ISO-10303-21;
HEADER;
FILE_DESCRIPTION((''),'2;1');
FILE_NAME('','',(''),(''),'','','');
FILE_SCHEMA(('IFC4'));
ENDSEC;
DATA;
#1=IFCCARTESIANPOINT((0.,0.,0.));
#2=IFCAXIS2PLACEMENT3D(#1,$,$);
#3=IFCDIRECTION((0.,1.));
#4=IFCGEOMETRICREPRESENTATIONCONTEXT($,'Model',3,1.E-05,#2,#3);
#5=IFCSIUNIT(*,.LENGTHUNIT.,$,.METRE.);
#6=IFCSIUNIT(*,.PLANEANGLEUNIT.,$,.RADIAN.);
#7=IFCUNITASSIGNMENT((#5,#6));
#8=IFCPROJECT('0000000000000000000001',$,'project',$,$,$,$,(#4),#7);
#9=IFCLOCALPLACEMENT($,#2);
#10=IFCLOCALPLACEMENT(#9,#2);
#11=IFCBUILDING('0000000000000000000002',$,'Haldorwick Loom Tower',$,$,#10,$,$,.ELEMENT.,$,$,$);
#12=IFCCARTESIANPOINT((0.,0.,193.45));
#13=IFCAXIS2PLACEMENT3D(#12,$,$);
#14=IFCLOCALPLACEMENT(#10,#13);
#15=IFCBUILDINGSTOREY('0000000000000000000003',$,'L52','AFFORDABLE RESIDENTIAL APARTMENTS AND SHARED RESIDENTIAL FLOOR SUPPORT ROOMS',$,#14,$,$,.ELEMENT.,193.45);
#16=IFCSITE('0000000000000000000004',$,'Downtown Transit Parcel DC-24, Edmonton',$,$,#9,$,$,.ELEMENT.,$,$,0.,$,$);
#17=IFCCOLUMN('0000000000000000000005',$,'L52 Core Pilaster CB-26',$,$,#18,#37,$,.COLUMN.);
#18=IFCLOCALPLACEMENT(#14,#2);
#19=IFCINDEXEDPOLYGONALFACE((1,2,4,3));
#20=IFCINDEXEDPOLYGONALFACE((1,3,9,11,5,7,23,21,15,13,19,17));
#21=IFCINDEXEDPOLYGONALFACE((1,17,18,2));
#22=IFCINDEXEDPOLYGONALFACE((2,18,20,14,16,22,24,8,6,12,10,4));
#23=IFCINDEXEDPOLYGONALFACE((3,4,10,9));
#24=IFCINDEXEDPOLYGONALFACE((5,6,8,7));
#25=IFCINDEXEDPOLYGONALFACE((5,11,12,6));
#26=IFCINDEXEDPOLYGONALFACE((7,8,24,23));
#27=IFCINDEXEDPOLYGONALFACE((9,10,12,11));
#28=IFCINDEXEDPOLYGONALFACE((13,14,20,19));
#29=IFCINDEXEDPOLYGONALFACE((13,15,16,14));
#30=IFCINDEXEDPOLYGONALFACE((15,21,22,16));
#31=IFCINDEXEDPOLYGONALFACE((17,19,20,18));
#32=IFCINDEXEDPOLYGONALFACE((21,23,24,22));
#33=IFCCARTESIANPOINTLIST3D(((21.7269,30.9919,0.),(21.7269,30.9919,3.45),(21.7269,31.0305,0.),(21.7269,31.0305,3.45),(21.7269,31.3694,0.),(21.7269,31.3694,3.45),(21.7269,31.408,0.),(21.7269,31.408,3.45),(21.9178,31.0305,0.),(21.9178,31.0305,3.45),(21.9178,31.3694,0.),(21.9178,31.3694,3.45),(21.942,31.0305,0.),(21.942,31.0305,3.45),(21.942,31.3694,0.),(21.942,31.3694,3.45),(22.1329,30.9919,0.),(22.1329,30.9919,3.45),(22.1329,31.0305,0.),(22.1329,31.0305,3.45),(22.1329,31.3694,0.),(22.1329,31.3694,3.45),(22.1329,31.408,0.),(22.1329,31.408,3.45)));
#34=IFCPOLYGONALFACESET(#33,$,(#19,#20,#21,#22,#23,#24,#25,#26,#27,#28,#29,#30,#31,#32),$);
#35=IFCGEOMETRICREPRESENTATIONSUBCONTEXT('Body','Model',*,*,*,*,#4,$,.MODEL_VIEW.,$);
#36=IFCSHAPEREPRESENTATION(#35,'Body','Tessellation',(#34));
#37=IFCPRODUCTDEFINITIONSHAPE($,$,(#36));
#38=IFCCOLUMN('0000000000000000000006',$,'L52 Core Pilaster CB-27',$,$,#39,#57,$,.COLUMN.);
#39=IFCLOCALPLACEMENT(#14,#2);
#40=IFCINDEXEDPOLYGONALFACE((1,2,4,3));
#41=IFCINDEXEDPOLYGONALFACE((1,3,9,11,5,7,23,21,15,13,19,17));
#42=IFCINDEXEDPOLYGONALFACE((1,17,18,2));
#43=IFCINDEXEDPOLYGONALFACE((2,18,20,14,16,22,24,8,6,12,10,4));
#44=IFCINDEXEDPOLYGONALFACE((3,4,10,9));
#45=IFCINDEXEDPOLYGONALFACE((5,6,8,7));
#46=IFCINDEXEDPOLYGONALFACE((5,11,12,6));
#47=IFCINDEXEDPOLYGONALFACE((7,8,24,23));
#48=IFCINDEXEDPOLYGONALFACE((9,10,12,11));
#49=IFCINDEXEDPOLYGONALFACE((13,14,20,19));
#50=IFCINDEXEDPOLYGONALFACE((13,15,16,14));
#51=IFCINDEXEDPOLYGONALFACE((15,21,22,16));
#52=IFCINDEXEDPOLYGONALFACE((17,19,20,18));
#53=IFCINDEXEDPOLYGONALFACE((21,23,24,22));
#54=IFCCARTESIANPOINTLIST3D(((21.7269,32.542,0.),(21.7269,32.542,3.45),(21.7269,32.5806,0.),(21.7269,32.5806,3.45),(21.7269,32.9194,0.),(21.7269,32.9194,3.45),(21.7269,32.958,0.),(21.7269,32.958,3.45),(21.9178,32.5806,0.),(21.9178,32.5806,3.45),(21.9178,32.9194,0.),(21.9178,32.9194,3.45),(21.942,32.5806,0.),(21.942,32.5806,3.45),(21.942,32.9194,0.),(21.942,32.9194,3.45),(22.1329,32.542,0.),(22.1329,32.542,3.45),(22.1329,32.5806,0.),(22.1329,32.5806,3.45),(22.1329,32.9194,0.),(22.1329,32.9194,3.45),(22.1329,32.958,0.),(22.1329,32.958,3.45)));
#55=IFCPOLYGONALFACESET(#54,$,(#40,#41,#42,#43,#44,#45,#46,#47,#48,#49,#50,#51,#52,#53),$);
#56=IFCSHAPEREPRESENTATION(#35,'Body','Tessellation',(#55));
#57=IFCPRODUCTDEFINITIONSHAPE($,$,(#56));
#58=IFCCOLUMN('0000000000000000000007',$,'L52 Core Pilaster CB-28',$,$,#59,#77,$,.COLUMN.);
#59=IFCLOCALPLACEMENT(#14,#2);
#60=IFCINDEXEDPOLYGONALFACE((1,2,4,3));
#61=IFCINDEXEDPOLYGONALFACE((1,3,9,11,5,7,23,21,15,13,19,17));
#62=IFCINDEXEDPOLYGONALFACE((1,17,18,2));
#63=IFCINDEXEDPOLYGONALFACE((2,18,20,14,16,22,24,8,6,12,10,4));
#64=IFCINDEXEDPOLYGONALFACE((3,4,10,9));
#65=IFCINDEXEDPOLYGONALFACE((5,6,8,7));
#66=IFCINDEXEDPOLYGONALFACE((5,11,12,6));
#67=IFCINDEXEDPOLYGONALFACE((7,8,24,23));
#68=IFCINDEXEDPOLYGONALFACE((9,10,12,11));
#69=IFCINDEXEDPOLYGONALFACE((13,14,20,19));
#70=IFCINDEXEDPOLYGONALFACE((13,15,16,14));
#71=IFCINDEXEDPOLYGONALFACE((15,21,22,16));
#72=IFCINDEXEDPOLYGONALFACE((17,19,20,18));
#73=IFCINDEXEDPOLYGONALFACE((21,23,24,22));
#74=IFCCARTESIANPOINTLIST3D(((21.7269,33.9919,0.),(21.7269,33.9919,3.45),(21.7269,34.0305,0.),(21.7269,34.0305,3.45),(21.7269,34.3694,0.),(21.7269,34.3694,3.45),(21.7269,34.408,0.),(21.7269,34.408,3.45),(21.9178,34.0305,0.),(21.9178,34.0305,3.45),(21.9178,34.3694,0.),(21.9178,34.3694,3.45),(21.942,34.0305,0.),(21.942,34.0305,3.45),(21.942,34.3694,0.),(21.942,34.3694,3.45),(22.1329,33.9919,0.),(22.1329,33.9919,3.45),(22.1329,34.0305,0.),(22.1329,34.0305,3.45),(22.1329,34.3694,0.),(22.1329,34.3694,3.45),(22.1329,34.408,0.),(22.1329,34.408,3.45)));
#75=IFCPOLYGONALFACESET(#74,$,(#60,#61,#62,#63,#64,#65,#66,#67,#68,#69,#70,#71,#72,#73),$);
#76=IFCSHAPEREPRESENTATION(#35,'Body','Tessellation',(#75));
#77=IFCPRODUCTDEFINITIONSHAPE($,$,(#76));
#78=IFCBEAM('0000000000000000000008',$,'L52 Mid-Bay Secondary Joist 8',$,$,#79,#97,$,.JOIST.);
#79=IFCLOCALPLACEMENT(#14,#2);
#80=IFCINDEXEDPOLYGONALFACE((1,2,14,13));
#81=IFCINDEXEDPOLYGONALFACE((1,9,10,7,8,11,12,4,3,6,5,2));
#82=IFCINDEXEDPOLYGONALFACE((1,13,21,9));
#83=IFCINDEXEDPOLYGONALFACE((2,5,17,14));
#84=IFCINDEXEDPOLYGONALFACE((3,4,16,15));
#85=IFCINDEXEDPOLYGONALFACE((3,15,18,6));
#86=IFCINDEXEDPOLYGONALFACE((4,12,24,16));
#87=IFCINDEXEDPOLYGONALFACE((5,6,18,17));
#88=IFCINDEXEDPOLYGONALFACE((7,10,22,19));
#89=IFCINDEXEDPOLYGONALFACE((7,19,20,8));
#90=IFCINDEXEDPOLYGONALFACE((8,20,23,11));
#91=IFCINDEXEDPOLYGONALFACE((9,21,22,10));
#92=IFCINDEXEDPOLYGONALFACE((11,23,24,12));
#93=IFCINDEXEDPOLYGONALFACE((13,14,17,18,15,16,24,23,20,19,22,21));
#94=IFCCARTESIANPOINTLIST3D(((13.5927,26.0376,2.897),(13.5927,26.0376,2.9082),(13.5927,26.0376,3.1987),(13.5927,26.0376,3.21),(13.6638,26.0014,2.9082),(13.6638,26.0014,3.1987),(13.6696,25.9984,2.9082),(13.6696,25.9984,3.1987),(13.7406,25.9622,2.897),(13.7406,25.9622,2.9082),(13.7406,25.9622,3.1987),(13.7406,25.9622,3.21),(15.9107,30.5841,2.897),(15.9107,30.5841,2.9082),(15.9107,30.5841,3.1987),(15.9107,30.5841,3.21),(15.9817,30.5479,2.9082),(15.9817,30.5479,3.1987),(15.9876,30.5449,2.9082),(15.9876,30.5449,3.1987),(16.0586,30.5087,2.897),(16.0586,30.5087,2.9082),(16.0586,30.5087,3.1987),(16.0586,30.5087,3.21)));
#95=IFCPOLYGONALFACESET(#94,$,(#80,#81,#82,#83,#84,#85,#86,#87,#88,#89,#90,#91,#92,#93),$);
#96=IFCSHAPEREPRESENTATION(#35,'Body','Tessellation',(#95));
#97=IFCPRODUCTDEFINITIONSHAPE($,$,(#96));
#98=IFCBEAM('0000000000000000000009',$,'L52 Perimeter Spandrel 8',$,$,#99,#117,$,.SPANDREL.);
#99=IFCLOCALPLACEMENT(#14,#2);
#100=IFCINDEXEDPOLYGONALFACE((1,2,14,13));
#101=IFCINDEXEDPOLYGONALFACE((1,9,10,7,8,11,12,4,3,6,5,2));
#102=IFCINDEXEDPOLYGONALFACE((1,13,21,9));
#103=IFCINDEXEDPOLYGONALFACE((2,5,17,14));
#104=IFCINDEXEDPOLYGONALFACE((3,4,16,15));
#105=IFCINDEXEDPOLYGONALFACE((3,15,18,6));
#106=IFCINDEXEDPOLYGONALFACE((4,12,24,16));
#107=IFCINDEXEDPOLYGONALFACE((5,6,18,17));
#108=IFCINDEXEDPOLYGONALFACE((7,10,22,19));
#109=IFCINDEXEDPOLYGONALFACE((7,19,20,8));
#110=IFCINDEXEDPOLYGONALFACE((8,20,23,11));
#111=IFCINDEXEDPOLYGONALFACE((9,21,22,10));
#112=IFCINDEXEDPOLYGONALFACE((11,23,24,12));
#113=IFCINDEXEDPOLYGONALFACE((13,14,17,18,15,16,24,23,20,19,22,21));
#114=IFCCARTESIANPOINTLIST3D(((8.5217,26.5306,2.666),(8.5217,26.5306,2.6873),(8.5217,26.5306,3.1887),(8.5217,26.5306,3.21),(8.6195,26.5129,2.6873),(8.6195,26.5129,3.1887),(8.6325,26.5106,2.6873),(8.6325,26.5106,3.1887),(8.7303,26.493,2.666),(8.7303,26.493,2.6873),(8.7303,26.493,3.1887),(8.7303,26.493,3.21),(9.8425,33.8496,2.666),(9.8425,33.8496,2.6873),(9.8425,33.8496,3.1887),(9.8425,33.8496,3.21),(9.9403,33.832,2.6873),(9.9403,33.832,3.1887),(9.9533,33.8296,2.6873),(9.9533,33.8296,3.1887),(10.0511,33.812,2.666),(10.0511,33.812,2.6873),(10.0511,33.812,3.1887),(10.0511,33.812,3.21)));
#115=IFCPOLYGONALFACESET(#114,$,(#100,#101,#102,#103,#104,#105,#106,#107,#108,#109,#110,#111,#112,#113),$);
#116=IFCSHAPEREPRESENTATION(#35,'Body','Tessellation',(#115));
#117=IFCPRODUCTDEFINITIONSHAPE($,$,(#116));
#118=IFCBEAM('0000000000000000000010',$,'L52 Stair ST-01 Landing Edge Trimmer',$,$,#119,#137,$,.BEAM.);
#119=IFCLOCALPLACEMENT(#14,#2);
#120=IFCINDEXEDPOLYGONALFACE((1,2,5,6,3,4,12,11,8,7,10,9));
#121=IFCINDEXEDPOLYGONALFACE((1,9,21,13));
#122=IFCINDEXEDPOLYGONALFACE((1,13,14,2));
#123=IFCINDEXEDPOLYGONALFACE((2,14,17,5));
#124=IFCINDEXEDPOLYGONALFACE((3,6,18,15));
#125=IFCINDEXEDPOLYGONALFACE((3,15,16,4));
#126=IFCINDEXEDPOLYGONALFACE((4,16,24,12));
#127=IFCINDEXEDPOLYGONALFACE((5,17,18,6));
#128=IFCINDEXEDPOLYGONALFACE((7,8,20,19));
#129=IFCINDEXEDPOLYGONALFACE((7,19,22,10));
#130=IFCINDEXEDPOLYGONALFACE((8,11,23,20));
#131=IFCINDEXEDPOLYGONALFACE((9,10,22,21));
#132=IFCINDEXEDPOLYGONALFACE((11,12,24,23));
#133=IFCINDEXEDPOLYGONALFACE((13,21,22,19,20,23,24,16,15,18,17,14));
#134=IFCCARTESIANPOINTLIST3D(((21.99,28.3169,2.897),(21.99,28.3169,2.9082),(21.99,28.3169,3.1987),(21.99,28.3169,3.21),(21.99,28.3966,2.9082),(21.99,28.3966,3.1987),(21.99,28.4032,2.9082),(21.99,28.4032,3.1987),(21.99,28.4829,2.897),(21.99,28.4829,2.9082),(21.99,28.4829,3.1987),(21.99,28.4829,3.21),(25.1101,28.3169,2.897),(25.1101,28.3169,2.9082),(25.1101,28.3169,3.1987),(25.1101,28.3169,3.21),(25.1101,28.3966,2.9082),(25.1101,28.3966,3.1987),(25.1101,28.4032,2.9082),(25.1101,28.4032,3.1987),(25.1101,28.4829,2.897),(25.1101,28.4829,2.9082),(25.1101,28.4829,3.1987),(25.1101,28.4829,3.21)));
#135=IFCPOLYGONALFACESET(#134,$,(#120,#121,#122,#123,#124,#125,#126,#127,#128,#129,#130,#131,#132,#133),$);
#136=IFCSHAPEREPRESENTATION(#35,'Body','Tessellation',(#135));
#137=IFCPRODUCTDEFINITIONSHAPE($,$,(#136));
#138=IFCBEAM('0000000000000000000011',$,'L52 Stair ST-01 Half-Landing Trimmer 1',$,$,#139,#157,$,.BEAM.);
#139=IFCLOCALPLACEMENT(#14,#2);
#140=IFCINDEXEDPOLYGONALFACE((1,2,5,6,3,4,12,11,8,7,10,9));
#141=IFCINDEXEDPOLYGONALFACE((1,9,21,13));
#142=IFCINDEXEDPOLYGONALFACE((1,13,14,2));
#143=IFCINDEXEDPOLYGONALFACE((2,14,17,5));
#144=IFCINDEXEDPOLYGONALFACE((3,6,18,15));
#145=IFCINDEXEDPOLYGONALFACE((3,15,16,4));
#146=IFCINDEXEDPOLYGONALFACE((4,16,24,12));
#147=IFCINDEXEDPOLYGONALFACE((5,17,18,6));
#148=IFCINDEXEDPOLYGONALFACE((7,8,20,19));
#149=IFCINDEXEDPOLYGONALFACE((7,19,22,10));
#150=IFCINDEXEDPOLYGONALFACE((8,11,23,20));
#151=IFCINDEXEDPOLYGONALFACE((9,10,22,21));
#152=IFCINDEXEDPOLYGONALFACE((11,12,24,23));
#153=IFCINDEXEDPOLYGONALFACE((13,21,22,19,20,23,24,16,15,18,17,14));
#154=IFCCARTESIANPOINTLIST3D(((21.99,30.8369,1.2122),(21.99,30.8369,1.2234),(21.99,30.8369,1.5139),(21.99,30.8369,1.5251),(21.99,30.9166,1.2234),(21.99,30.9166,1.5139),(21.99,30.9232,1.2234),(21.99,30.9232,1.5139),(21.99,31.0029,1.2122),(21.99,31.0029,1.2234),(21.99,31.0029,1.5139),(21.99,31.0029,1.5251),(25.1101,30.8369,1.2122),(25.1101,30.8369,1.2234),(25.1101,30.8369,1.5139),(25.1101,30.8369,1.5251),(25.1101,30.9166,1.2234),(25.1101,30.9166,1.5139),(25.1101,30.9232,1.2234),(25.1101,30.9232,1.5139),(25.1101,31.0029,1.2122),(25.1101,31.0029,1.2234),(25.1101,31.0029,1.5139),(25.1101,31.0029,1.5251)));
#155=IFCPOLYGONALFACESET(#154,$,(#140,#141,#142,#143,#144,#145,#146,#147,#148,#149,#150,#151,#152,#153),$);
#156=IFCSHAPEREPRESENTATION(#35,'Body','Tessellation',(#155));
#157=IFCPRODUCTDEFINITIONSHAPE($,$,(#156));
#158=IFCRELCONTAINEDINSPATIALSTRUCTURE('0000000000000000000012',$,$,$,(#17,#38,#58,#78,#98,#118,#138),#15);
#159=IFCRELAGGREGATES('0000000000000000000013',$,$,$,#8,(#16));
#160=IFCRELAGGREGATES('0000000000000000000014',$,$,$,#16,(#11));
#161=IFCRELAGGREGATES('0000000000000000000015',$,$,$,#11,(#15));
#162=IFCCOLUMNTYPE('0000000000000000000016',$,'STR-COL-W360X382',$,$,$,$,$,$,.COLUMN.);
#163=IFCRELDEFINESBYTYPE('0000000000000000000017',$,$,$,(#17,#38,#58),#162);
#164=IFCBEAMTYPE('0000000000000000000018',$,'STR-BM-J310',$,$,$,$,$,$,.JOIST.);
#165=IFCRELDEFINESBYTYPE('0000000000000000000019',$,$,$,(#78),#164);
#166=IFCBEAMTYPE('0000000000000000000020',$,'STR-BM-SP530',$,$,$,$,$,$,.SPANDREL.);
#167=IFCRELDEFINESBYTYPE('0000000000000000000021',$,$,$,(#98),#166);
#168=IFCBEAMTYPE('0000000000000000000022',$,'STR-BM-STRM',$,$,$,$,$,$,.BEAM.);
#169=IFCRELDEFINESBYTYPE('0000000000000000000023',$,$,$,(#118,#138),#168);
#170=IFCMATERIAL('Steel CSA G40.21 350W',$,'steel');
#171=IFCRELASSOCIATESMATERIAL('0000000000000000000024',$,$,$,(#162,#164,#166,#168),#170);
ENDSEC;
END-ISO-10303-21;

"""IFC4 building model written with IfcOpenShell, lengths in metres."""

from ifc_helpers import new_model, si_unit, direction, frame, origin, origin_2d, place, context, subcontext, project, spatial, i_section, extrude, material, material_profile, profile_set, type_object, element, save


model = new_model("IFC4")

# Units and contexts
model_context = context("Model", 3, precision=1e-05, world=origin(), true_north=direction((0.0, 1.0)))
body_context = subcontext(model_context, "Body", "Model", "MODEL_VIEW")
ifc_project = project(units=[si_unit("LENGTHUNIT", "METRE"), si_unit("PLANEANGLEUNIT", "RADIAN")], contexts=[model_context])

# Site, building, storey
site_placement = place(None, origin())
site = spatial("IfcSite", under=ifc_project, at=site_placement, Name="Downtown Transit Parcel DC-24, Edmonton", CompositionType="ELEMENT", RefElevation=0.0)
building_placement = place(site_placement, origin())
building = spatial("IfcBuilding", under=site, at=building_placement, Name="Haldorwick Loom Tower", CompositionType="ELEMENT")
storey_placement = place(building_placement, frame((0.0, 0.0, 193.45)))
storey = spatial("IfcBuildingStorey", under=building, at=storey_placement, Name="L52", Description="AFFORDABLE RESIDENTIAL APARTMENTS AND SHARED RESIDENTIAL FLOOR SUPPORT ROOMS", CompositionType="ELEMENT", Elevation=193.45)

# Columns
ifc_material_1 = material(Name="Steel CSA G40.21 350W", Category="steel")
ifc_material_profile_1 = material_profile(ifc_material_1, i_section(OverallWidth=0.406, OverallDepth=0.416, WebThickness=0.0242, FlangeThickness=0.0386, at=origin_2d()), Name="W360X382", Category="steel")
ifc_profile_set_1 = profile_set([ifc_material_profile_1], Name="Steel CSA G40.21 350W")
column_type = type_object("IfcColumnType", Name="STR-COL-W360X382", PredefinedType="COLUMN", material=ifc_profile_set_1)
for number, where, z_axis, x_axis, name in (
    (1, (21.9299, 31.2, 0.0), (0.0, 0.0, 1.0), (1.0, 0.0, 0.0), "L52 Core Pilaster CB-26"),
    (2, (21.9299, 32.75, 0.0), (0.0, 0.0, 1.0), (1.0, 0.0, 0.0), "L52 Core Pilaster CB-27"),
    (3, (21.9299, 34.2, 0.0), (0.0, 0.0, 1.0), (1.0, 0.0, 0.0), "L52 Core Pilaster CB-28"),
):
    element("IfcColumn", number, at=place(storey_placement, frame(where, z_axis=z_axis, x_axis=x_axis)), inside=storey, type_object=column_type, Name=name, PredefinedType="COLUMN", context=body_context, shape_type="SweptSolid", body=[
        extrude(i_section(OverallWidth=0.406, OverallDepth=0.416, WebThickness=0.0242, FlangeThickness=0.0386, at=origin_2d()), origin(), (0.0, 0.0, 1.0), 3.45),
    ])

# Beams
ifc_material_profile_2 = material_profile(ifc_material_1, i_section(OverallWidth=0.166, OverallDepth=0.313, WebThickness=0.0066, FlangeThickness=0.0112, at=origin_2d()), Name="W310X45", Category="steel")
ifc_profile_set_2 = profile_set([ifc_material_profile_2], Name="Steel CSA G40.21 350W")
beam_type_1 = type_object("IfcBeamType", Name="STR-BM-J310", PredefinedType="JOIST", material=ifc_profile_set_2)
beam_1_placement = place(storey_placement, frame((15.9846, 30.5464, 3.0535), z_axis=(-0.454204, -0.890898, 0.0), x_axis=(0.890898, -0.454204, 0.0)))
element("IfcBeam", 4, at=beam_1_placement, inside=storey, type_object=beam_type_1, Name="L52 Mid-Bay Secondary Joist 8", PredefinedType="JOIST", context=body_context, shape_type="SweptSolid", body=[
    extrude(i_section(OverallWidth=0.166, OverallDepth=0.313, WebThickness=0.0066, FlangeThickness=0.0112, at=origin_2d()), origin(), (0.0, 0.0, 1.0), 5.1033),
])
ifc_material_profile_3 = material_profile(ifc_material_1, i_section(OverallWidth=0.2119, OverallDepth=0.5439, WebThickness=0.0132, FlangeThickness=0.0212, at=origin_2d()), Name="W530X123", Category="steel")
ifc_profile_set_3 = profile_set([ifc_material_profile_3], Name="Steel CSA G40.21 350W")
beam_type_2 = type_object("IfcBeamType", Name="STR-BM-SP530", PredefinedType="SPANDREL", material=ifc_profile_set_3)
beam_2_placement = place(storey_placement, frame((9.9468, 33.8308, 2.938), z_axis=(-0.177591, -0.984104, 0.0), x_axis=(0.984104, -0.177591, 0.0)))
element("IfcBeam", 5, at=beam_2_placement, inside=storey, type_object=beam_type_2, Name="L52 Perimeter Spandrel 8", PredefinedType="SPANDREL", context=body_context, shape_type="SweptSolid", body=[
    extrude(i_section(OverallWidth=0.2119, OverallDepth=0.5439, WebThickness=0.0132, FlangeThickness=0.0212, at=origin_2d()), origin(), (0.0, 0.0, 1.0), 7.4373),
])
ifc_material_profile_4 = material_profile(ifc_material_1, i_section(OverallWidth=0.166, OverallDepth=0.313, WebThickness=0.0066, FlangeThickness=0.0112, at=origin_2d()), Name="W310X45", Category="steel")
ifc_profile_set_4 = profile_set([ifc_material_profile_4], Name="Steel CSA G40.21 350W")
beam_type_3 = type_object("IfcBeamType", Name="STR-BM-STRM", PredefinedType="BEAM", material=ifc_profile_set_4)
for number, where, z_axis, x_axis, name in (
    (6, (21.99, 28.3999, 3.0535), (1.0, 0.0, 0.0), (0.0, 1.0, 0.0), "L52 Stair ST-01 Landing Edge Trimmer"),
    (7, (21.99, 30.9199, 1.3687), (1.0, 0.0, 0.0), (0.0, 1.0, 0.0), "L52 Stair ST-01 Half-Landing Trimmer 1"),
):
    element("IfcBeam", number, at=place(storey_placement, frame(where, z_axis=z_axis, x_axis=x_axis)), inside=storey, type_object=beam_type_3, Name=name, PredefinedType="BEAM", context=body_context, shape_type="SweptSolid", body=[
        extrude(i_section(OverallWidth=0.166, OverallDepth=0.313, WebThickness=0.0066, FlangeThickness=0.0112, at=origin_2d()), origin(), (0.0, 0.0, 1.0), 3.1201),
    ])

save(model, "model.ifc")
